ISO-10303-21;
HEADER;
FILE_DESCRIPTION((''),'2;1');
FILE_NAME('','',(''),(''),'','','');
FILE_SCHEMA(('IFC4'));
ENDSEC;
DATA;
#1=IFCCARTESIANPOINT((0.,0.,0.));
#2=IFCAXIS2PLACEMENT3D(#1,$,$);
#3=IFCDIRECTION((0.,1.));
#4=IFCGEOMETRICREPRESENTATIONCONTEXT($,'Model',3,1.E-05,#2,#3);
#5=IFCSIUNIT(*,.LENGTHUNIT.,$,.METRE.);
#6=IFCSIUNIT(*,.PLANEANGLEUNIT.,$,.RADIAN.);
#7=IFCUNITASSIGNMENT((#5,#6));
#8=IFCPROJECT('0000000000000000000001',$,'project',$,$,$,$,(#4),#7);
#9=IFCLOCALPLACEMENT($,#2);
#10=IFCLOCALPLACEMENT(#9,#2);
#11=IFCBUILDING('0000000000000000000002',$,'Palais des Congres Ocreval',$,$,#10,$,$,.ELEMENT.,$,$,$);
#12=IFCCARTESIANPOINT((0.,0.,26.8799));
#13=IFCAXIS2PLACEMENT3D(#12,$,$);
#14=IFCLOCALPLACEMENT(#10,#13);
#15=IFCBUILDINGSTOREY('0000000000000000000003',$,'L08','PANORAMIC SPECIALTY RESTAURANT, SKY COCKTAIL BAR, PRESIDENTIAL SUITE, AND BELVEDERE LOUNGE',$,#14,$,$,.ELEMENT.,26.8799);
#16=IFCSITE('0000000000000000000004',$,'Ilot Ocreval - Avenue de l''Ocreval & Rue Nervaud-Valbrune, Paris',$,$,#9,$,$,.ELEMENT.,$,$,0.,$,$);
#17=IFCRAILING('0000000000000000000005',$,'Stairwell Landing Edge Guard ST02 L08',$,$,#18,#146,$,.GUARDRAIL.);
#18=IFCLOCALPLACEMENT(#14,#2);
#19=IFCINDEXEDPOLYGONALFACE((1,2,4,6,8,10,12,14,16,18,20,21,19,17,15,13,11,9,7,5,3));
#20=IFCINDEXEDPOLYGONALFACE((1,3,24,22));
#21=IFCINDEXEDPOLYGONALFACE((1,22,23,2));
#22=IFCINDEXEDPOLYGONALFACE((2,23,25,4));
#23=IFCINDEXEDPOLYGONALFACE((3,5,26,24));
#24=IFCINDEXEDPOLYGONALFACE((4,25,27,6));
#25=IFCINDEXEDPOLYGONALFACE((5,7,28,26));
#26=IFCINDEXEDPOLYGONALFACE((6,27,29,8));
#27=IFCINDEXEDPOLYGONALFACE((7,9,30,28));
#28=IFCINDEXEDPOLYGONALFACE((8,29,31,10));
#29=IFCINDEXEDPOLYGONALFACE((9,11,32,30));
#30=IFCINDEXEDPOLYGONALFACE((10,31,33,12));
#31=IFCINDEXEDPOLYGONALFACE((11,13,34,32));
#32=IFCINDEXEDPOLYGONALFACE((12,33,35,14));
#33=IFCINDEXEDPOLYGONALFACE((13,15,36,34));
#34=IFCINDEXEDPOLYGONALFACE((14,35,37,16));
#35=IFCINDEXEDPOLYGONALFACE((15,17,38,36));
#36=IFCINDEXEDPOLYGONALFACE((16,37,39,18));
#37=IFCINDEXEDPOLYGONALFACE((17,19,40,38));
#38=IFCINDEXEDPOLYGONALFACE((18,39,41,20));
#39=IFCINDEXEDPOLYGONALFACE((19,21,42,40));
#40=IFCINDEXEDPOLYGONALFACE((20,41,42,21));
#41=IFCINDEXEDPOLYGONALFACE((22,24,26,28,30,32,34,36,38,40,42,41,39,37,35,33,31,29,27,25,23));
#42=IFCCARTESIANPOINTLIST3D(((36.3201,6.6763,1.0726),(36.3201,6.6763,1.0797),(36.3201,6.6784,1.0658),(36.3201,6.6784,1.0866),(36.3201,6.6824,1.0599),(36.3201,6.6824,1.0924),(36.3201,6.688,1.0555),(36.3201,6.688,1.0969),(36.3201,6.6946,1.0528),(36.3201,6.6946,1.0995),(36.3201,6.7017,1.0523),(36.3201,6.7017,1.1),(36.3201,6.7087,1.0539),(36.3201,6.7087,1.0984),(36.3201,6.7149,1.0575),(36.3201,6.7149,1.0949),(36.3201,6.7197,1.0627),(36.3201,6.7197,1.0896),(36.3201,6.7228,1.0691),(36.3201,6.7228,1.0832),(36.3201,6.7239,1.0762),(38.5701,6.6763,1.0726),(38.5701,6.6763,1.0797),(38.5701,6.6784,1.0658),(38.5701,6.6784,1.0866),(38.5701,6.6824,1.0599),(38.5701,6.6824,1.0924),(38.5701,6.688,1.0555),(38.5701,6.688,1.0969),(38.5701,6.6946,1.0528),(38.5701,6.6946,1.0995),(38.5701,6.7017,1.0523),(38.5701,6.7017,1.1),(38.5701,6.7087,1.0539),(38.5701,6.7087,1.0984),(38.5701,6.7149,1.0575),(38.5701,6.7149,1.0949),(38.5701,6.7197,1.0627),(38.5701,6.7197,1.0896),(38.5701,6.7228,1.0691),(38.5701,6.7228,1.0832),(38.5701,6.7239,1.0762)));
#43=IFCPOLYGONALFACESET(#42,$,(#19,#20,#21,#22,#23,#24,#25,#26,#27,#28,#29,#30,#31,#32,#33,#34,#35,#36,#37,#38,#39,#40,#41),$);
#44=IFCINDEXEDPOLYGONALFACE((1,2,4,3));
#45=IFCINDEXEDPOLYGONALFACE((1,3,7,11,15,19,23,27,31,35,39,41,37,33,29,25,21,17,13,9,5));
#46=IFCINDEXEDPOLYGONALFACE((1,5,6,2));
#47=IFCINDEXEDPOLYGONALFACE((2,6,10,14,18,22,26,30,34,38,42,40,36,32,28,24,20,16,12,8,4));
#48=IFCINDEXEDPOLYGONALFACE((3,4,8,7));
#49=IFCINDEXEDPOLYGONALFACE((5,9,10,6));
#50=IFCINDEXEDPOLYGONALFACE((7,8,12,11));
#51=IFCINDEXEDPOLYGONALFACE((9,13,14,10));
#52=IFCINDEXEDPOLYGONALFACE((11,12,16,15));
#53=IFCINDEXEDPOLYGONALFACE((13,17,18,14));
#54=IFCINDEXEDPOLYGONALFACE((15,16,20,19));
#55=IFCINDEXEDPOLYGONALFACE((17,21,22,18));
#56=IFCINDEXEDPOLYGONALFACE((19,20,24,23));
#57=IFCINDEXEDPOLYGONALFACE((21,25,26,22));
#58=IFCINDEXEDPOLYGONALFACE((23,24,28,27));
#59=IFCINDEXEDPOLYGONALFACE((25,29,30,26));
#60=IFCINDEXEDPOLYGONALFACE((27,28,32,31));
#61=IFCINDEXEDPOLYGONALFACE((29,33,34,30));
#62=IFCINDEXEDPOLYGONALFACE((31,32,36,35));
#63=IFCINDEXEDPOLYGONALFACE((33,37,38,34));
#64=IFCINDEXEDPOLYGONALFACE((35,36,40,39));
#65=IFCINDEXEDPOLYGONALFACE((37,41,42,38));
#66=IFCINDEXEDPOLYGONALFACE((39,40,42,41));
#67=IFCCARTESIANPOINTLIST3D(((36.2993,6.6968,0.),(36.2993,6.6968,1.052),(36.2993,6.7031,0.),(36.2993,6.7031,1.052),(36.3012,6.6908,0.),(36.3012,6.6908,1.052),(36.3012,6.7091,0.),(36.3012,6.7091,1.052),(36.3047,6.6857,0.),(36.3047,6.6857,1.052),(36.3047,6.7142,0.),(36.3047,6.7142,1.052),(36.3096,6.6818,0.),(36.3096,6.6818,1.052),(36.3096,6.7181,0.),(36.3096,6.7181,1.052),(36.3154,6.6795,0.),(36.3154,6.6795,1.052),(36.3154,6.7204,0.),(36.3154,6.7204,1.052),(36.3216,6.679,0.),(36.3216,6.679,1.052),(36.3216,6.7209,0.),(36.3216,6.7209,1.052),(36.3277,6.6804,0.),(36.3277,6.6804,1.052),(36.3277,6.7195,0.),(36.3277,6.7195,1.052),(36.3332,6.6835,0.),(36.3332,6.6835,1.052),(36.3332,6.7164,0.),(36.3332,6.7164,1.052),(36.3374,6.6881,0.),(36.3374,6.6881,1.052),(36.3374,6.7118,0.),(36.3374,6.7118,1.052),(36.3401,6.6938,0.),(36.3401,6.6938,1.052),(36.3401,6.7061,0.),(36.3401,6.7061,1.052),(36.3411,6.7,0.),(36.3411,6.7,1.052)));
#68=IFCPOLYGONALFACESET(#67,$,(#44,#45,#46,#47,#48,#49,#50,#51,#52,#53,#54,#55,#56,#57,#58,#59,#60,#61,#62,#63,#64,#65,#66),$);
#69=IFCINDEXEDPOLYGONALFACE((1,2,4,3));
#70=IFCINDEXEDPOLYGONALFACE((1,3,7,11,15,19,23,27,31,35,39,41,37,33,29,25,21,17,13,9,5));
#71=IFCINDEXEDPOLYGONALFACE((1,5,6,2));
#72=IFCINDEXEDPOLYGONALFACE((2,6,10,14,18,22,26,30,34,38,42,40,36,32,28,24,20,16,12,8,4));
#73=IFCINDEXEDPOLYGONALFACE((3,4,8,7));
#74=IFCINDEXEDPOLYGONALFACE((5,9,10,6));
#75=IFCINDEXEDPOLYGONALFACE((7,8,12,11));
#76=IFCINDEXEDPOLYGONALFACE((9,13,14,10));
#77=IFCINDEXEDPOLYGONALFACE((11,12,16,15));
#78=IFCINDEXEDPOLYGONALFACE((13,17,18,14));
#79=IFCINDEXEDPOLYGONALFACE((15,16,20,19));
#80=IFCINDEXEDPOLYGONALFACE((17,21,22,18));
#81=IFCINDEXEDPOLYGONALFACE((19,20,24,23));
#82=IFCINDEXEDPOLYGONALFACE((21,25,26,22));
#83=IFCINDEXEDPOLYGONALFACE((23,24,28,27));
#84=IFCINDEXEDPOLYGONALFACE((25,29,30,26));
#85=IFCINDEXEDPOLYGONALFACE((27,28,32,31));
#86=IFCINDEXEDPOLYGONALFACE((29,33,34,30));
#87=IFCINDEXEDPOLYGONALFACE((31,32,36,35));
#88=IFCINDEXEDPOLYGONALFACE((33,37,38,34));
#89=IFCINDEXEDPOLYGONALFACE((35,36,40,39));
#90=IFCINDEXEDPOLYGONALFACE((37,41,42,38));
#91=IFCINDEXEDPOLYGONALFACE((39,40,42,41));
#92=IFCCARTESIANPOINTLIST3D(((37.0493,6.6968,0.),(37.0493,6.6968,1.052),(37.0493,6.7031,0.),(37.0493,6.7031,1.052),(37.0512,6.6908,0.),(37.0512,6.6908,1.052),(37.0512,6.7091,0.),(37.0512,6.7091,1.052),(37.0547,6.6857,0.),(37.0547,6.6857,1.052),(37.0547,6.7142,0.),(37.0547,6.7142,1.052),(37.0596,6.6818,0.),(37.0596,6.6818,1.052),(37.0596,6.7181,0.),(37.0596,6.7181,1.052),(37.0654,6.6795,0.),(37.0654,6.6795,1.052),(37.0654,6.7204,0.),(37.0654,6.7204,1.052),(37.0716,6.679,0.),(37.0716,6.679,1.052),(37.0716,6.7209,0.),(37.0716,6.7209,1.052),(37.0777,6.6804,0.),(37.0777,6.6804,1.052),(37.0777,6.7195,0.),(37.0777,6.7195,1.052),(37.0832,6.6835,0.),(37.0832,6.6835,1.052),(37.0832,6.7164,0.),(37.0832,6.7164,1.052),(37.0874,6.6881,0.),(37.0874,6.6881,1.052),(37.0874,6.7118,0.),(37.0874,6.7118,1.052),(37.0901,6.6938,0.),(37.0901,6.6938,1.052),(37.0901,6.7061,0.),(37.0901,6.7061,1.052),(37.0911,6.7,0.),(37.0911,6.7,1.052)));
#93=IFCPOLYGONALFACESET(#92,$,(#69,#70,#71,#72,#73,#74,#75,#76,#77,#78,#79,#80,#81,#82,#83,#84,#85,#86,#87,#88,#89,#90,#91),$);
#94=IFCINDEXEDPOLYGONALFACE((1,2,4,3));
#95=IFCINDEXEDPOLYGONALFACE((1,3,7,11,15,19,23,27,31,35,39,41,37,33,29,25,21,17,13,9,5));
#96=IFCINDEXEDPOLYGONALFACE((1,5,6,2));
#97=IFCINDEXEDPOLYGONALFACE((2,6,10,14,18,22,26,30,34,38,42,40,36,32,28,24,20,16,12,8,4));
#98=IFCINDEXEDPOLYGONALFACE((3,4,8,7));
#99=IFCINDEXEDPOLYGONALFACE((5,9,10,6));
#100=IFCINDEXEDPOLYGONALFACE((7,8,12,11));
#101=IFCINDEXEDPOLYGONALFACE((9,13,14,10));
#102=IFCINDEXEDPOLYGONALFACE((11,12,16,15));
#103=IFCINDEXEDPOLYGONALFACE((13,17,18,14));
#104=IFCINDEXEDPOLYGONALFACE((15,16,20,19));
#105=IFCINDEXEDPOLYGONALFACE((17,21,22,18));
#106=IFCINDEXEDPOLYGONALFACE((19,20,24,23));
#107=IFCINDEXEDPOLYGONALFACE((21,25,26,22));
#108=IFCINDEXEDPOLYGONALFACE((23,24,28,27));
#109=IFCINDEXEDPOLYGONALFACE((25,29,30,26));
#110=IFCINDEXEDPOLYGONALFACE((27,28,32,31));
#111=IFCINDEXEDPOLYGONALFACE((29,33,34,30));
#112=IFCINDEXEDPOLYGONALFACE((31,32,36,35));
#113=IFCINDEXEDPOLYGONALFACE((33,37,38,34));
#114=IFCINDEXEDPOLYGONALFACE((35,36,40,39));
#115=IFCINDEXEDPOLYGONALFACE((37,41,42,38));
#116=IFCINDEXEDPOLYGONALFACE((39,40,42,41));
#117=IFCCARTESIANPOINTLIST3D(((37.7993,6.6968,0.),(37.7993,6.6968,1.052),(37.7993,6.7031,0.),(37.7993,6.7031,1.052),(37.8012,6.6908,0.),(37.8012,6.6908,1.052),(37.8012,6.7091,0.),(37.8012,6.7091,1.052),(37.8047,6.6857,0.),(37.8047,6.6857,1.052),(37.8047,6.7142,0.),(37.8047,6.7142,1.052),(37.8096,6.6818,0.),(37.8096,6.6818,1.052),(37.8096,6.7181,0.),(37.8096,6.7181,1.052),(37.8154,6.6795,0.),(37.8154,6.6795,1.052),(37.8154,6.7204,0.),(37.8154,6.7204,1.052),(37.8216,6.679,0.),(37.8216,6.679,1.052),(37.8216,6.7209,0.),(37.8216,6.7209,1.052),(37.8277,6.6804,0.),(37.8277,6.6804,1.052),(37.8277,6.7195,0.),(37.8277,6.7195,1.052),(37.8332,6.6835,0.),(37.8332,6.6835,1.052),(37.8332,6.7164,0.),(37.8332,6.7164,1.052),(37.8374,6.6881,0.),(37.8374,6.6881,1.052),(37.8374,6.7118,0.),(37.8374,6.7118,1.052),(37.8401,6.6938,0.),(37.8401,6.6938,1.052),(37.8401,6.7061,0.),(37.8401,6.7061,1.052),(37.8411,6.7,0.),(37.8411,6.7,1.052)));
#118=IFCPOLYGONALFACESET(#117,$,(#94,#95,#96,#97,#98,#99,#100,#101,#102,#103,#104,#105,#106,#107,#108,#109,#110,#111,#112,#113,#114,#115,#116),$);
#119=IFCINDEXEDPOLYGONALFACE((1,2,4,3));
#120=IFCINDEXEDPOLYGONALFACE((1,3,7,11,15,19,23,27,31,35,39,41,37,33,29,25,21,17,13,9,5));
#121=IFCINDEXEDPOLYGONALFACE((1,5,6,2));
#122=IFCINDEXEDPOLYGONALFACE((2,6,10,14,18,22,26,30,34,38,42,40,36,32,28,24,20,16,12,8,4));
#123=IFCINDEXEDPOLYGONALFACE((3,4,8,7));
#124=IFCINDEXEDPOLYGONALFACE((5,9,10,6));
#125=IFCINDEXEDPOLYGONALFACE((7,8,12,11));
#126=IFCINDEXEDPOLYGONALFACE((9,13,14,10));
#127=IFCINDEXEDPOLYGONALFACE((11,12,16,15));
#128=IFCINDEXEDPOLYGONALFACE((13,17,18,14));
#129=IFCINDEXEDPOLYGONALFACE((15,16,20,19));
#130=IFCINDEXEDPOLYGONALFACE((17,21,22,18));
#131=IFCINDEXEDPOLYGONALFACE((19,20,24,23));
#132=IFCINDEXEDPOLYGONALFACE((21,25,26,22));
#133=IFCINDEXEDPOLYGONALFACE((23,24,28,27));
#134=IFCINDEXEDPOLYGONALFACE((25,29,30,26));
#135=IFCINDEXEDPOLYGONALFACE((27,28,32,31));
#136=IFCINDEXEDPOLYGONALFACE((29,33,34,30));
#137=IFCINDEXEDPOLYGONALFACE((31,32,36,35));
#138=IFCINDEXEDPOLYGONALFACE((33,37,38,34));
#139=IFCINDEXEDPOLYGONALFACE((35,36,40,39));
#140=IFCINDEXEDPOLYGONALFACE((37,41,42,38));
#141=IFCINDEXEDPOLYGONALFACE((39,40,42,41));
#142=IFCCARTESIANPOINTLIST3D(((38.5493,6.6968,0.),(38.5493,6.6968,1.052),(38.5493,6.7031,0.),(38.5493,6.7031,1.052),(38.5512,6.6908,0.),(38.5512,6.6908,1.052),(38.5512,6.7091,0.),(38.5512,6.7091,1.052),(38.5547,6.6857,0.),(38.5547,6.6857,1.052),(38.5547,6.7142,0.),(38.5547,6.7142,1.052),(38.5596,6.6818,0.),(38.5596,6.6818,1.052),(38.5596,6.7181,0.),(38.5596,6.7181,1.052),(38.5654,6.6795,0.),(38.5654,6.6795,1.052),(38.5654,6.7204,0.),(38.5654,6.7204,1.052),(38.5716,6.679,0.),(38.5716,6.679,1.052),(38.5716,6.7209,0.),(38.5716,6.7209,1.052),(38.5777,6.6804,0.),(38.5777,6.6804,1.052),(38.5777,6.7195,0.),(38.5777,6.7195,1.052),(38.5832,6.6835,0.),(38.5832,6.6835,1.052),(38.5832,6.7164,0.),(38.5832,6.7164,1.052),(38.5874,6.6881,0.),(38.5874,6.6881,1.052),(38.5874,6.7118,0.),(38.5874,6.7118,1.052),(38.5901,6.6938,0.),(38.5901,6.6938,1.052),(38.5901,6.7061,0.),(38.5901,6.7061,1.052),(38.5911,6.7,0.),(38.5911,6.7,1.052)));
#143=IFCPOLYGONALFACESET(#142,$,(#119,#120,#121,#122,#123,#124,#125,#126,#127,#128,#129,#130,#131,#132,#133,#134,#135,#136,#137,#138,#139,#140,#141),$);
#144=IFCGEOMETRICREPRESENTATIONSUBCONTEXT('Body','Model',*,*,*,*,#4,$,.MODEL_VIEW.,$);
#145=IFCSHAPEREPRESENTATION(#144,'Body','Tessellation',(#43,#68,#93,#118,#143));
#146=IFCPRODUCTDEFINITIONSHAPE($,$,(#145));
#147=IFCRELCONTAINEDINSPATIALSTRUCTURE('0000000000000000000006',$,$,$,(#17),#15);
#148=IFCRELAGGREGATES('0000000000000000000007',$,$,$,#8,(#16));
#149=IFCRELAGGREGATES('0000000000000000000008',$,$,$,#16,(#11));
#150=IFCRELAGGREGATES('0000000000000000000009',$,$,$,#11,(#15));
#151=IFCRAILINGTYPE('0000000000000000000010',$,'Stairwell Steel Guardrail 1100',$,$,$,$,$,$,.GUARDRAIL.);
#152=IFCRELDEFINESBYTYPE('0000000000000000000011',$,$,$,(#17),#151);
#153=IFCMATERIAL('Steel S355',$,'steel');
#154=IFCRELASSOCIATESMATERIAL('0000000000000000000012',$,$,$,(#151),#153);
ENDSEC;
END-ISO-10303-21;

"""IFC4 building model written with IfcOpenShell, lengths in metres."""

from ifc_helpers import new_model, si_unit, direction, frame, origin, origin_2d, place, context, subcontext, project, spatial, circle, extrude, material, type_object, element, save


model = new_model("IFC4")

# Units and contexts
model_context = context("Model", 3, precision=1e-05, world=origin(), true_north=direction((0.0, 1.0)))
body_context = subcontext(model_context, "Body", "Model", "MODEL_VIEW")
ifc_project = project(units=[si_unit("LENGTHUNIT", "METRE"), si_unit("PLANEANGLEUNIT", "RADIAN")], contexts=[model_context])

# Site, building, storey
site_placement = place(None, origin())
site = spatial("IfcSite", under=ifc_project, at=site_placement, Name="Ilot Ocreval - Avenue de l'Ocreval & Rue Nervaud-Valbrune, Paris", CompositionType="ELEMENT", RefElevation=0.0)
building_placement = place(site_placement, origin())
building = spatial("IfcBuilding", under=site, at=building_placement, Name="Palais des Congres Ocreval", CompositionType="ELEMENT")
storey_placement = place(building_placement, frame((0.0, 0.0, 26.8799)))
storey = spatial("IfcBuildingStorey", under=building, at=storey_placement, Name="L08", Description="PANORAMIC SPECIALTY RESTAURANT, SKY COCKTAIL BAR, PRESIDENTIAL SUITE, AND BELVEDERE LOUNGE", CompositionType="ELEMENT", Elevation=26.8799)

# Shared definitions
ifc_material_1 = material(Name="Steel S355", Category="steel")

# Railing
railing_type_1 = type_object("IfcRailingType", Name="Stairwell Steel Guardrail 1100", PredefinedType="GUARDRAIL", material=ifc_material_1)
railing_1_placement = place(storey_placement, frame((36.3201, 6.7, 0.0)))
element("IfcRailing", 1, at=railing_1_placement, inside=storey, type_object=railing_type_1, Name="Stairwell Landing Edge Guard ST02 L08", PredefinedType="GUARDRAIL", context=body_context, shape_type="SweptSolid", body=[
    extrude(circle(Radius=0.0239, at=origin_2d()), frame((0.0, 0.0, 1.0762), z_axis=(1.0, 0.0, 0.0), x_axis=(0.0, 1.0, 0.0)), (0.0, 0.0, 1.0), 2.25),
    extrude(circle(Radius=0.021, at=origin_2d()), origin(), (0.0, 0.0, 1.0), 1.052),
    extrude(circle(Radius=0.021, at=origin_2d()), frame((0.75, 0.0, 0.0)), (0.0, 0.0, 1.0), 1.052),
    extrude(circle(Radius=0.021, at=origin_2d()), frame((1.5, 0.0, 0.0)), (0.0, 0.0, 1.0), 1.052),
    extrude(circle(Radius=0.021, at=origin_2d()), frame((2.25, 0.0, 0.0)), (0.0, 0.0, 1.0), 1.052),
])

save(model, "model.ifc")
